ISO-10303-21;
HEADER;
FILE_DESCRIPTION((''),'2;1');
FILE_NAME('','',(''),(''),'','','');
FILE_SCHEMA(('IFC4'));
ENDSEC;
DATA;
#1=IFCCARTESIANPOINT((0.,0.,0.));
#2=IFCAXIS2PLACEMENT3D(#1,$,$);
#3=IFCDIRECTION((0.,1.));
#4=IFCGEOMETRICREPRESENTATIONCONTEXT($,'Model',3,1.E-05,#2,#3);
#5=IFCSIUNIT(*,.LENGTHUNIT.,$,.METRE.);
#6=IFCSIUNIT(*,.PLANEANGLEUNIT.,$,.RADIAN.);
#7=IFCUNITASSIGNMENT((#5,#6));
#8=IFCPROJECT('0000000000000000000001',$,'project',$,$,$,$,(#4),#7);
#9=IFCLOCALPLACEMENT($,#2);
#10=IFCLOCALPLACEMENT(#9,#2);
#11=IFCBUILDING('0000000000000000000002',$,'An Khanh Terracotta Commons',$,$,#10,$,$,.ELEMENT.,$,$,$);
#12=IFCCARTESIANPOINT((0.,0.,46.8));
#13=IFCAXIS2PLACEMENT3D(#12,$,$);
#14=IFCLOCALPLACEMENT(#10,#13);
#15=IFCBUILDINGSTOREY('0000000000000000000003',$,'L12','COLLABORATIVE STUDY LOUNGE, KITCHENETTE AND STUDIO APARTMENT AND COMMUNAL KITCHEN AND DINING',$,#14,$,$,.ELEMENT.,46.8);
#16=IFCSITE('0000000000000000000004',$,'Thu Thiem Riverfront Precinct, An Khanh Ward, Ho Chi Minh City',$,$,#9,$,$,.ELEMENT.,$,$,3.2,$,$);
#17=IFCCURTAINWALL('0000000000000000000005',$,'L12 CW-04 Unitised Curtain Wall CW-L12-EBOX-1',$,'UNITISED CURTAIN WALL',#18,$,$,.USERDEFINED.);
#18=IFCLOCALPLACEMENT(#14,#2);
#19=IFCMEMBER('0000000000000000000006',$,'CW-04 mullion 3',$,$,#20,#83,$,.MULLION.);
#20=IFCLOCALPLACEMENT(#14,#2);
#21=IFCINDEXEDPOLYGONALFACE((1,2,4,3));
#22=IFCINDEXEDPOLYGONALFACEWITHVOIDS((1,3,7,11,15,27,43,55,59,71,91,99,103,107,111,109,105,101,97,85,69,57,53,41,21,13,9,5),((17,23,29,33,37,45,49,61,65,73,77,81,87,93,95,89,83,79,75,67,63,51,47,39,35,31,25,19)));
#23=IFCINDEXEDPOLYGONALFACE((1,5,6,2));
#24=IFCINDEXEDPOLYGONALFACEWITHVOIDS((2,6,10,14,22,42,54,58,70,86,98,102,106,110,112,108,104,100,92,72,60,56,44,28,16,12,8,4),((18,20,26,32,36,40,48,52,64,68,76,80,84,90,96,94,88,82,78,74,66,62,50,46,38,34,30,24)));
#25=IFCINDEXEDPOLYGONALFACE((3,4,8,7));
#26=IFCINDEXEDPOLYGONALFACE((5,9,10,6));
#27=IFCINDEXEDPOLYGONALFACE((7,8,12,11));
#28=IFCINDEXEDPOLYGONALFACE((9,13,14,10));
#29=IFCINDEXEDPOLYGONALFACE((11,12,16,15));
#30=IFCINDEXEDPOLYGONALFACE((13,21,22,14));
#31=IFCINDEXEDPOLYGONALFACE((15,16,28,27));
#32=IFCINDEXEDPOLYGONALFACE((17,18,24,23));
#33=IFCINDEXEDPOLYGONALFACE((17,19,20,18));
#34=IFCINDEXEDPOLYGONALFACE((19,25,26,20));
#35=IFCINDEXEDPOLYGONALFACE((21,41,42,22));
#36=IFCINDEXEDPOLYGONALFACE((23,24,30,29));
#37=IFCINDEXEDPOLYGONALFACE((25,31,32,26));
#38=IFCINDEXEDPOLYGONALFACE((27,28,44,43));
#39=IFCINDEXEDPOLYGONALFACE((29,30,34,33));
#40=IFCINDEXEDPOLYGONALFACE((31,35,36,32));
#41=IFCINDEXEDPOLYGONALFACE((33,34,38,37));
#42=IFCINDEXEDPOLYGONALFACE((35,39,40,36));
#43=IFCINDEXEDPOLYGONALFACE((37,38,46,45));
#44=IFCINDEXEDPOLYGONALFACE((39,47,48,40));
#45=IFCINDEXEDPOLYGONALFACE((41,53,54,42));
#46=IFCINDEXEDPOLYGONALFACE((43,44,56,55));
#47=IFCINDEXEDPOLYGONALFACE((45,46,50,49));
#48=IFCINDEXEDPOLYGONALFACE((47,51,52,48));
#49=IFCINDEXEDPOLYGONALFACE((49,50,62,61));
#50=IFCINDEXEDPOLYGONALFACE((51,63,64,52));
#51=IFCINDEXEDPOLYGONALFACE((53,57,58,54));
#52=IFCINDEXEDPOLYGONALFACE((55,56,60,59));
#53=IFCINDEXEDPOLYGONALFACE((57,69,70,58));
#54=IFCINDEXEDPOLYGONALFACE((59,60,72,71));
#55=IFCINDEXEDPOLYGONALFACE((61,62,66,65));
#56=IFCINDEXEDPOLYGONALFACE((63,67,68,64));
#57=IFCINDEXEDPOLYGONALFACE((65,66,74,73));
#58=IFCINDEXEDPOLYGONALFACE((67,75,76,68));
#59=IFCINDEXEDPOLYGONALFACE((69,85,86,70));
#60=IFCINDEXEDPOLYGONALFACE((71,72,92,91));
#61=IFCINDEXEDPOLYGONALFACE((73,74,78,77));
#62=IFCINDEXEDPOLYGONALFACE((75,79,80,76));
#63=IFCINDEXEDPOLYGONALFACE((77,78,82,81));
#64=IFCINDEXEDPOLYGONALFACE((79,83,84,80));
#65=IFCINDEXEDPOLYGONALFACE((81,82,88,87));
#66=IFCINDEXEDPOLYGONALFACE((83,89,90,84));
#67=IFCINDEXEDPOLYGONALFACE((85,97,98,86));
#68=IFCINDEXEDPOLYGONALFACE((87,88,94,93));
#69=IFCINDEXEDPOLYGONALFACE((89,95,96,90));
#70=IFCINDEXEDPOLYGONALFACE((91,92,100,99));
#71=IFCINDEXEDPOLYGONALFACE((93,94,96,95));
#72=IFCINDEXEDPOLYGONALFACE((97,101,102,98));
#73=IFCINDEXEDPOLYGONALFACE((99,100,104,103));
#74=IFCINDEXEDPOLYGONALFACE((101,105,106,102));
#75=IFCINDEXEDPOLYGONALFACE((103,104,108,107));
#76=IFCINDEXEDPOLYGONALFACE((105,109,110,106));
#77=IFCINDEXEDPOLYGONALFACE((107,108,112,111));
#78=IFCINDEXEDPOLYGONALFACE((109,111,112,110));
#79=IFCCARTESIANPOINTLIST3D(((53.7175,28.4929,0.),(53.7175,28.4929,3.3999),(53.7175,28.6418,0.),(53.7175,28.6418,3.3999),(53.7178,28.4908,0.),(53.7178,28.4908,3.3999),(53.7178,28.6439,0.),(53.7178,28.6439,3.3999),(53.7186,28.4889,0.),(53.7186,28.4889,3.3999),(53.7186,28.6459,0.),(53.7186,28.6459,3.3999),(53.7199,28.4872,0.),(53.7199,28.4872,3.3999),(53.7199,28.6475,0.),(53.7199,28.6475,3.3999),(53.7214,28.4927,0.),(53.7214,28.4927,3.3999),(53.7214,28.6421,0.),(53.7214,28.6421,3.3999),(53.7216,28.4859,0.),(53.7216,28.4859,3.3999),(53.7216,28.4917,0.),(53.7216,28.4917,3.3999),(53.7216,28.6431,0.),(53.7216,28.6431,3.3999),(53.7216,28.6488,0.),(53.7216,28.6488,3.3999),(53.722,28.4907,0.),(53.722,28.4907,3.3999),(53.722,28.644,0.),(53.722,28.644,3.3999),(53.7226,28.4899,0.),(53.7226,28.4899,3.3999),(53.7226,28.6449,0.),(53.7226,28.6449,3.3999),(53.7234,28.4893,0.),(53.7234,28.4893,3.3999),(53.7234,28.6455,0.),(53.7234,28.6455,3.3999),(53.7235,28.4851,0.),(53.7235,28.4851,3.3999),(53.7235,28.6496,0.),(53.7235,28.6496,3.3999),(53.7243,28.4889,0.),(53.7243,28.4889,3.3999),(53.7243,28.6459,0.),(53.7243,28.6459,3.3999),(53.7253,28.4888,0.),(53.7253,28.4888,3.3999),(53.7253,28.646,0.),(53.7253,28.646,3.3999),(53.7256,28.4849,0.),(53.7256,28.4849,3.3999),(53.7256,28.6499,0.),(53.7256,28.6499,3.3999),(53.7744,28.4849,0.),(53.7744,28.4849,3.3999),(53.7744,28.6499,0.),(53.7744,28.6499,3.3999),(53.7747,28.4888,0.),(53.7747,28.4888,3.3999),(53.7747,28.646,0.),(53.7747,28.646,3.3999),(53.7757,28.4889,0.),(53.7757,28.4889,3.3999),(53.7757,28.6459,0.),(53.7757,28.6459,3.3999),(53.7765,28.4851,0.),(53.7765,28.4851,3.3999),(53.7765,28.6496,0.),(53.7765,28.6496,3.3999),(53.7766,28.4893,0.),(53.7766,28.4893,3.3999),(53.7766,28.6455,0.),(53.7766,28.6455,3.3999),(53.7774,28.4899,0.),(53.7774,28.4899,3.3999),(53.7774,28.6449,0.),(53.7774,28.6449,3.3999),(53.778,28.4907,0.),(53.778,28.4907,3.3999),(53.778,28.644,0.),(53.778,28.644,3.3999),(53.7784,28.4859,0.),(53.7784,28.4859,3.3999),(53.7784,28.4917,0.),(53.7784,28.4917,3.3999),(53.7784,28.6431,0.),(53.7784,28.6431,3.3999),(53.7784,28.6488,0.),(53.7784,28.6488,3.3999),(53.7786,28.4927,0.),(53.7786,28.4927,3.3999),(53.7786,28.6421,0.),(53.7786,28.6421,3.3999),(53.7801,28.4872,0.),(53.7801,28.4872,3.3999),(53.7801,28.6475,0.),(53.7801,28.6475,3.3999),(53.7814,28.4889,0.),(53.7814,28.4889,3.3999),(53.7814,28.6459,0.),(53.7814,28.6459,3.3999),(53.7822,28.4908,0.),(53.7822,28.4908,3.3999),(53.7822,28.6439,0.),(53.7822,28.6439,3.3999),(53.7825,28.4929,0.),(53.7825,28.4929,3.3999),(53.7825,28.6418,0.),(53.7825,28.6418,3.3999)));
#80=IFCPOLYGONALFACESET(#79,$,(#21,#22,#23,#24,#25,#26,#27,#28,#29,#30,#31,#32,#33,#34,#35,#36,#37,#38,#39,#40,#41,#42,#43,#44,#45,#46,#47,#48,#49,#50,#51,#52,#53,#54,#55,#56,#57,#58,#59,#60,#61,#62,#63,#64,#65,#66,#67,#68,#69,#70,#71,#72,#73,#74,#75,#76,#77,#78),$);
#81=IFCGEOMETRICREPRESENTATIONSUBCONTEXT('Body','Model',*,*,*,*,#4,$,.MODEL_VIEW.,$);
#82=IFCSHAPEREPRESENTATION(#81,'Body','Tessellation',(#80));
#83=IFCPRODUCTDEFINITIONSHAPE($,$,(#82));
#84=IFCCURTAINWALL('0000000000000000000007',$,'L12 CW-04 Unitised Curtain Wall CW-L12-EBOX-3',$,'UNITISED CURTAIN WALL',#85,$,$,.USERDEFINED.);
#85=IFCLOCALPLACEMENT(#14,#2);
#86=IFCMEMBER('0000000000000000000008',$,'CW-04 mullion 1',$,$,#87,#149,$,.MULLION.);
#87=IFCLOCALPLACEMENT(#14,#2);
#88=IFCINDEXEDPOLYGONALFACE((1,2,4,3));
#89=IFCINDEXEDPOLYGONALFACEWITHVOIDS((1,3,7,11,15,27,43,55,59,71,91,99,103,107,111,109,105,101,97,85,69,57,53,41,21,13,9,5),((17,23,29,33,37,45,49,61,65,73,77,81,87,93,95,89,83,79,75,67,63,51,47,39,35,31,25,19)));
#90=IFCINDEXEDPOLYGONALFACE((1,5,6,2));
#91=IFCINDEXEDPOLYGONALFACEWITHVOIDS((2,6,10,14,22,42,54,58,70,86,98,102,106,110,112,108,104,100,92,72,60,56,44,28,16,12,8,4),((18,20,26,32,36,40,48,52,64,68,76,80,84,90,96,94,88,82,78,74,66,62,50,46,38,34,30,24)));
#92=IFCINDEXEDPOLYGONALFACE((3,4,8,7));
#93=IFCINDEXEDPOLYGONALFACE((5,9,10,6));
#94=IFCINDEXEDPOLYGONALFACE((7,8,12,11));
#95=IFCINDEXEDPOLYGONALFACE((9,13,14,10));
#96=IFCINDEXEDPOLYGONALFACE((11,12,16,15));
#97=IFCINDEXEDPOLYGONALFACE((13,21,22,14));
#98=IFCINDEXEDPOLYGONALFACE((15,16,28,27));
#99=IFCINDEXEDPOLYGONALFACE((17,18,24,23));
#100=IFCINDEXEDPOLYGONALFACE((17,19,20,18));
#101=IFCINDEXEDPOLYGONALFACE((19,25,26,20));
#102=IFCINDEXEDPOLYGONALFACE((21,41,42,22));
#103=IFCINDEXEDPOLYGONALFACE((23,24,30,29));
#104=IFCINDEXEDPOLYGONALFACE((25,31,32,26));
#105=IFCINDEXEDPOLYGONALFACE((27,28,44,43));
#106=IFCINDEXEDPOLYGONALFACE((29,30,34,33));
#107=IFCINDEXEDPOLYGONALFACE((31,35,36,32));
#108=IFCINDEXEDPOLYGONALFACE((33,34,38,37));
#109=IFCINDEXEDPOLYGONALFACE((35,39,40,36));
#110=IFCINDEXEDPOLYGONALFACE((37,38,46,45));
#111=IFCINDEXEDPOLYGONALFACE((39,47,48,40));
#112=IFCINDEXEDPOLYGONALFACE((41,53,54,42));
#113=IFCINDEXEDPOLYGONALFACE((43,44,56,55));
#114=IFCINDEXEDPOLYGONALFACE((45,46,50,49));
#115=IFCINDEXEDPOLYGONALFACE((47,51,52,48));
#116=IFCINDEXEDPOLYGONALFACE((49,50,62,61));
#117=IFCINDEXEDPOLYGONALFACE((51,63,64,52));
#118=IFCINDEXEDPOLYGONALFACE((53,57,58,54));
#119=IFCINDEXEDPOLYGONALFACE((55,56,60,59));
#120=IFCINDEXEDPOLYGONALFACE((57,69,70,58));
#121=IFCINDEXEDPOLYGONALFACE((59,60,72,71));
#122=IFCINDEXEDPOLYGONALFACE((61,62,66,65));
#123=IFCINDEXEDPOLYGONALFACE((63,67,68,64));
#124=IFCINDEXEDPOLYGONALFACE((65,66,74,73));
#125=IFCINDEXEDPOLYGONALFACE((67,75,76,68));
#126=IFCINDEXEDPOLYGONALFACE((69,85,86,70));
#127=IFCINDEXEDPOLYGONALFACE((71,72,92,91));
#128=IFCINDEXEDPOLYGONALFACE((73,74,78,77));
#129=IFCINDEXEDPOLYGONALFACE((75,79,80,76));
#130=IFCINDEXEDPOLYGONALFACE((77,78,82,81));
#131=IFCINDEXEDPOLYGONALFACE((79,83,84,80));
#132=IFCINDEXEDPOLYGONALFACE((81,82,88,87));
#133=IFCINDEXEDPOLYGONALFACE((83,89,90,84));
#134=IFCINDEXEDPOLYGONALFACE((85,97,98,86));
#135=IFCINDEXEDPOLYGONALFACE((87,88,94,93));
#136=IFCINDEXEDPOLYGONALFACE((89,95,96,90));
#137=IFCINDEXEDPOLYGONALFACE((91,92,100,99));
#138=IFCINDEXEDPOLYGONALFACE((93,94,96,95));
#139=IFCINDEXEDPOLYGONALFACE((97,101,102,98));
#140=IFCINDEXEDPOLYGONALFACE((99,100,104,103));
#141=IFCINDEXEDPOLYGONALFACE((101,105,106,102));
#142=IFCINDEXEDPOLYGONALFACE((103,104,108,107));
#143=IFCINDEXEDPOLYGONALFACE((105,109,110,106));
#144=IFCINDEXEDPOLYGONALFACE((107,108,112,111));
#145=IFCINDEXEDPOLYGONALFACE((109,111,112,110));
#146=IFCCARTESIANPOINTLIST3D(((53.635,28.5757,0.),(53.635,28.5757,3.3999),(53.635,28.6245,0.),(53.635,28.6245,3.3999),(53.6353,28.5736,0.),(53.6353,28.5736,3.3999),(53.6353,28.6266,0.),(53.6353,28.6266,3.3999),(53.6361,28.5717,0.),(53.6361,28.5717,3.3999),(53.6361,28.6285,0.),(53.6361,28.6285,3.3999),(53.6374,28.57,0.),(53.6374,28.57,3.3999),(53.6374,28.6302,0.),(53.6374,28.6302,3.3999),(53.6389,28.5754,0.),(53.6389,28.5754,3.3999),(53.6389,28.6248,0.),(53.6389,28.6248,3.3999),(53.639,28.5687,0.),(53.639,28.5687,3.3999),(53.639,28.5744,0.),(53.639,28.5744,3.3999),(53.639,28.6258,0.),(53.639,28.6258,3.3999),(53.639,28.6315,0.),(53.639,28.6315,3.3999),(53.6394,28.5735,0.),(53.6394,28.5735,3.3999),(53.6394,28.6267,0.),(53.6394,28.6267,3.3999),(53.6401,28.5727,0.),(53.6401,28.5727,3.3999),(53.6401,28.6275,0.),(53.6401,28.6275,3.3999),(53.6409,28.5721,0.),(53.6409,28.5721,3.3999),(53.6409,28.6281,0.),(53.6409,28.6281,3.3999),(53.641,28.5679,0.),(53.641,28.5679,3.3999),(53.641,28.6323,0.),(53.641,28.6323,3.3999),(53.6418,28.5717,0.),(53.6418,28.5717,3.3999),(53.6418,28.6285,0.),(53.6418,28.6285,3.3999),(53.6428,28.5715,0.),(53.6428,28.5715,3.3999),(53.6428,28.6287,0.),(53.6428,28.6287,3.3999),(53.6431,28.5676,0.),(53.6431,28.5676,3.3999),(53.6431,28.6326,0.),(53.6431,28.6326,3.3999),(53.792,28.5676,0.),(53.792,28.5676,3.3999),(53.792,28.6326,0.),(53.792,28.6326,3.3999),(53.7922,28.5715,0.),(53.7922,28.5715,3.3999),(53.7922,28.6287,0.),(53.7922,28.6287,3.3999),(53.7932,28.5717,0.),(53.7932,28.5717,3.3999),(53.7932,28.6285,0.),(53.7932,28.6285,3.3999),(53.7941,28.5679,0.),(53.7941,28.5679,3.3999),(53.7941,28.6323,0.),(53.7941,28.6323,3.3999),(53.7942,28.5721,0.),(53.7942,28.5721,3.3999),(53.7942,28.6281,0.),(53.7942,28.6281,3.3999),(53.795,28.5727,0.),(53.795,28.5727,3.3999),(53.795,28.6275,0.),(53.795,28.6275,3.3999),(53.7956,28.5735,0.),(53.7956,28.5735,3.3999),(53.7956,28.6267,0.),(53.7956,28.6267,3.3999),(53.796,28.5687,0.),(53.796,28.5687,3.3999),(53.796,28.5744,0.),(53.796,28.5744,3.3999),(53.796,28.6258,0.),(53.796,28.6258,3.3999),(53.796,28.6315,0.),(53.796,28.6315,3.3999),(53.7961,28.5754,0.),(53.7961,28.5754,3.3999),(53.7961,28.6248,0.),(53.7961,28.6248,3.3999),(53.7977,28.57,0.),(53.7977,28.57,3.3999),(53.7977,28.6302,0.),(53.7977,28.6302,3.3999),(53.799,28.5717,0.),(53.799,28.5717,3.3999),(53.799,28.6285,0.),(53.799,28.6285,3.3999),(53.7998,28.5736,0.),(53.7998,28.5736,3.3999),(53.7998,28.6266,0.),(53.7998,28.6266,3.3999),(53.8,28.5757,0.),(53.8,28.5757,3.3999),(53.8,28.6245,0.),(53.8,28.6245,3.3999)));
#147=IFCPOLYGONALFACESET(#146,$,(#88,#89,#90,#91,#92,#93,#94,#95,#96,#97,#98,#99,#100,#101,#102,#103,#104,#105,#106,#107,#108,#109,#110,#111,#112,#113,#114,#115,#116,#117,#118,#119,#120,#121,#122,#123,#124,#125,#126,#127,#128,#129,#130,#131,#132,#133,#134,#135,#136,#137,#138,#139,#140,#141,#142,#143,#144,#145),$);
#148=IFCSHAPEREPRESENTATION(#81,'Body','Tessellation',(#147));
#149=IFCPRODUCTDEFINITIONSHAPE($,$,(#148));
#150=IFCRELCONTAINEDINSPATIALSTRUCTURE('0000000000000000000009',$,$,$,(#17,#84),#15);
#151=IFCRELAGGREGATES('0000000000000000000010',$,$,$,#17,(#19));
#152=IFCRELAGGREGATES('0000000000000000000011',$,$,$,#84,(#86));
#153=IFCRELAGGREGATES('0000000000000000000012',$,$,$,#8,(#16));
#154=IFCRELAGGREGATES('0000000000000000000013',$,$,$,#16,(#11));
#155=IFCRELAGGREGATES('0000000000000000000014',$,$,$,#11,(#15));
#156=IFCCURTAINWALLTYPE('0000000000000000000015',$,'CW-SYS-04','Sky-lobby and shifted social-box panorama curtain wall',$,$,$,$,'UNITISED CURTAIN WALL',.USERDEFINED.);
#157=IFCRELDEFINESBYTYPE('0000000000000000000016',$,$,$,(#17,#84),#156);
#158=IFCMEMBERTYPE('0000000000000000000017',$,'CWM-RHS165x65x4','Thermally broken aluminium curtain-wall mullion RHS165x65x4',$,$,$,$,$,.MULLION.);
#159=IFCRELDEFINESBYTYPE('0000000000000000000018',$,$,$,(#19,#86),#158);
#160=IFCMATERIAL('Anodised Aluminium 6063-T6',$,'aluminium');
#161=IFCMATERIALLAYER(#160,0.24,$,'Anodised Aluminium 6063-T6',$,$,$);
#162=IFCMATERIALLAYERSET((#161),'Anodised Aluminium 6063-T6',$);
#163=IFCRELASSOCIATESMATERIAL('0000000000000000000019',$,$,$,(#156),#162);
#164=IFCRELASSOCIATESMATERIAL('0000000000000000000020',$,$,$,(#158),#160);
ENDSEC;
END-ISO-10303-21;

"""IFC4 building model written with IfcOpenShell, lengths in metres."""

from ifc_helpers import new_model, si_unit, direction, frame, origin, origin_2d, place, context, subcontext, project, spatial, hollow_rectangle, extrude, material, layer, layer_set, material_profile, profile_set, type_object, element, aggregate, save


model = new_model("IFC4")

# Units and contexts
model_context = context("Model", 3, precision=1e-05, world=origin(), true_north=direction((0.0, 1.0)))
body_context = subcontext(model_context, "Body", "Model", "MODEL_VIEW")
ifc_project = project(units=[si_unit("LENGTHUNIT", "METRE"), si_unit("PLANEANGLEUNIT", "RADIAN")], contexts=[model_context])

# Site, building, storey
site_placement = place(None, origin())
site = spatial("IfcSite", under=ifc_project, at=site_placement, Name="Thu Thiem Riverfront Precinct, An Khanh Ward, Ho Chi Minh City", CompositionType="ELEMENT", RefElevation=3.2)
building_placement = place(site_placement, origin())
building = spatial("IfcBuilding", under=site, at=building_placement, Name="An Khanh Terracotta Commons", CompositionType="ELEMENT")
storey_placement = place(building_placement, frame((0.0, 0.0, 46.8)))
storey = spatial("IfcBuildingStorey", under=building, at=storey_placement, Name="L12", Description="COLLABORATIVE STUDY LOUNGE, KITCHENETTE AND STUDIO APARTMENT AND COMMUNAL KITCHEN AND DINING", CompositionType="ELEMENT", Elevation=46.8)

# Curtain walls, members
ifc_material_1 = material(Name="Anodised Aluminium 6063-T6", Category="aluminium")
ifc_layer_1 = layer(ifc_material_1, 0.24, Name="Anodised Aluminium 6063-T6")
ifc_layer_set_1 = layer_set([ifc_layer_1], Name="Anodised Aluminium 6063-T6")
curtain_wall_type = type_object("IfcCurtainWallType", Name="CW-SYS-04", Description="Sky-lobby and shifted social-box panorama curtain wall", ElementType="UNITISED CURTAIN WALL", PredefinedType="USERDEFINED", material=ifc_layer_set_1)
curtain_wall_1_placement = place(storey_placement, origin())
curtain_wall_1 = element("IfcCurtainWall", 1, at=curtain_wall_1_placement, inside=storey, type_object=curtain_wall_type, Name="L12 CW-04 Unitised Curtain Wall CW-L12-EBOX-1", ObjectType="UNITISED CURTAIN WALL", PredefinedType="USERDEFINED")
ifc_material_profile_1 = material_profile(ifc_material_1, hollow_rectangle(XDim=0.0649, YDim=0.165, WallThickness=0.0039, InnerFilletRadius=0.0039, OuterFilletRadius=0.0081, at=origin_2d()), Name="RHS165x65x4")
ifc_profile_set_1 = profile_set([ifc_material_profile_1], Name="Anodised Aluminium 6063-T6")
member_type_1 = type_object("IfcMemberType", Name="CWM-RHS165x65x4", Description="Thermally broken aluminium curtain-wall mullion RHS165x65x4", PredefinedType="MULLION", material=ifc_profile_set_1)
member_1_placement = place(storey_placement, frame((53.75, 28.5674, 0.0), z_axis=(0.0, 0.0, 1.0), x_axis=(-1.0, 0.0, 0.0)))
member_1 = element("IfcMember", 2, at=member_1_placement, type_object=member_type_1, Name="CW-04 mullion 3", PredefinedType="MULLION", context=body_context, shape_type="SweptSolid", body=[
    extrude(hollow_rectangle(XDim=0.0649, YDim=0.165, WallThickness=0.0039, InnerFilletRadius=0.0039, OuterFilletRadius=0.0081, at=origin_2d()), origin(), (0.0, 0.0, 1.0), 3.3999),
])
curtain_wall_2_placement = place(storey_placement, origin())
curtain_wall_2 = element("IfcCurtainWall", 3, at=curtain_wall_2_placement, inside=storey, type_object=curtain_wall_type, Name="L12 CW-04 Unitised Curtain Wall CW-L12-EBOX-3", ObjectType="UNITISED CURTAIN WALL", PredefinedType="USERDEFINED")
member_2_placement = place(storey_placement, frame((53.7175, 28.6001, 0.0), z_axis=(0.0, 0.0, 1.0), x_axis=(0.0, -1.0, 0.0)))
member_2 = element("IfcMember", 4, at=member_2_placement, type_object=member_type_1, Name="CW-04 mullion 1", PredefinedType="MULLION", context=body_context, shape_type="SweptSolid", body=[
    extrude(hollow_rectangle(XDim=0.0649, YDim=0.165, WallThickness=0.0039, InnerFilletRadius=0.0039, OuterFilletRadius=0.0081, at=origin_2d()), origin(), (0.0, 0.0, 1.0), 3.3999),
])

aggregate(curtain_wall_1, [member_1])
aggregate(curtain_wall_2, [member_2])

save(model, "model.ifc")
